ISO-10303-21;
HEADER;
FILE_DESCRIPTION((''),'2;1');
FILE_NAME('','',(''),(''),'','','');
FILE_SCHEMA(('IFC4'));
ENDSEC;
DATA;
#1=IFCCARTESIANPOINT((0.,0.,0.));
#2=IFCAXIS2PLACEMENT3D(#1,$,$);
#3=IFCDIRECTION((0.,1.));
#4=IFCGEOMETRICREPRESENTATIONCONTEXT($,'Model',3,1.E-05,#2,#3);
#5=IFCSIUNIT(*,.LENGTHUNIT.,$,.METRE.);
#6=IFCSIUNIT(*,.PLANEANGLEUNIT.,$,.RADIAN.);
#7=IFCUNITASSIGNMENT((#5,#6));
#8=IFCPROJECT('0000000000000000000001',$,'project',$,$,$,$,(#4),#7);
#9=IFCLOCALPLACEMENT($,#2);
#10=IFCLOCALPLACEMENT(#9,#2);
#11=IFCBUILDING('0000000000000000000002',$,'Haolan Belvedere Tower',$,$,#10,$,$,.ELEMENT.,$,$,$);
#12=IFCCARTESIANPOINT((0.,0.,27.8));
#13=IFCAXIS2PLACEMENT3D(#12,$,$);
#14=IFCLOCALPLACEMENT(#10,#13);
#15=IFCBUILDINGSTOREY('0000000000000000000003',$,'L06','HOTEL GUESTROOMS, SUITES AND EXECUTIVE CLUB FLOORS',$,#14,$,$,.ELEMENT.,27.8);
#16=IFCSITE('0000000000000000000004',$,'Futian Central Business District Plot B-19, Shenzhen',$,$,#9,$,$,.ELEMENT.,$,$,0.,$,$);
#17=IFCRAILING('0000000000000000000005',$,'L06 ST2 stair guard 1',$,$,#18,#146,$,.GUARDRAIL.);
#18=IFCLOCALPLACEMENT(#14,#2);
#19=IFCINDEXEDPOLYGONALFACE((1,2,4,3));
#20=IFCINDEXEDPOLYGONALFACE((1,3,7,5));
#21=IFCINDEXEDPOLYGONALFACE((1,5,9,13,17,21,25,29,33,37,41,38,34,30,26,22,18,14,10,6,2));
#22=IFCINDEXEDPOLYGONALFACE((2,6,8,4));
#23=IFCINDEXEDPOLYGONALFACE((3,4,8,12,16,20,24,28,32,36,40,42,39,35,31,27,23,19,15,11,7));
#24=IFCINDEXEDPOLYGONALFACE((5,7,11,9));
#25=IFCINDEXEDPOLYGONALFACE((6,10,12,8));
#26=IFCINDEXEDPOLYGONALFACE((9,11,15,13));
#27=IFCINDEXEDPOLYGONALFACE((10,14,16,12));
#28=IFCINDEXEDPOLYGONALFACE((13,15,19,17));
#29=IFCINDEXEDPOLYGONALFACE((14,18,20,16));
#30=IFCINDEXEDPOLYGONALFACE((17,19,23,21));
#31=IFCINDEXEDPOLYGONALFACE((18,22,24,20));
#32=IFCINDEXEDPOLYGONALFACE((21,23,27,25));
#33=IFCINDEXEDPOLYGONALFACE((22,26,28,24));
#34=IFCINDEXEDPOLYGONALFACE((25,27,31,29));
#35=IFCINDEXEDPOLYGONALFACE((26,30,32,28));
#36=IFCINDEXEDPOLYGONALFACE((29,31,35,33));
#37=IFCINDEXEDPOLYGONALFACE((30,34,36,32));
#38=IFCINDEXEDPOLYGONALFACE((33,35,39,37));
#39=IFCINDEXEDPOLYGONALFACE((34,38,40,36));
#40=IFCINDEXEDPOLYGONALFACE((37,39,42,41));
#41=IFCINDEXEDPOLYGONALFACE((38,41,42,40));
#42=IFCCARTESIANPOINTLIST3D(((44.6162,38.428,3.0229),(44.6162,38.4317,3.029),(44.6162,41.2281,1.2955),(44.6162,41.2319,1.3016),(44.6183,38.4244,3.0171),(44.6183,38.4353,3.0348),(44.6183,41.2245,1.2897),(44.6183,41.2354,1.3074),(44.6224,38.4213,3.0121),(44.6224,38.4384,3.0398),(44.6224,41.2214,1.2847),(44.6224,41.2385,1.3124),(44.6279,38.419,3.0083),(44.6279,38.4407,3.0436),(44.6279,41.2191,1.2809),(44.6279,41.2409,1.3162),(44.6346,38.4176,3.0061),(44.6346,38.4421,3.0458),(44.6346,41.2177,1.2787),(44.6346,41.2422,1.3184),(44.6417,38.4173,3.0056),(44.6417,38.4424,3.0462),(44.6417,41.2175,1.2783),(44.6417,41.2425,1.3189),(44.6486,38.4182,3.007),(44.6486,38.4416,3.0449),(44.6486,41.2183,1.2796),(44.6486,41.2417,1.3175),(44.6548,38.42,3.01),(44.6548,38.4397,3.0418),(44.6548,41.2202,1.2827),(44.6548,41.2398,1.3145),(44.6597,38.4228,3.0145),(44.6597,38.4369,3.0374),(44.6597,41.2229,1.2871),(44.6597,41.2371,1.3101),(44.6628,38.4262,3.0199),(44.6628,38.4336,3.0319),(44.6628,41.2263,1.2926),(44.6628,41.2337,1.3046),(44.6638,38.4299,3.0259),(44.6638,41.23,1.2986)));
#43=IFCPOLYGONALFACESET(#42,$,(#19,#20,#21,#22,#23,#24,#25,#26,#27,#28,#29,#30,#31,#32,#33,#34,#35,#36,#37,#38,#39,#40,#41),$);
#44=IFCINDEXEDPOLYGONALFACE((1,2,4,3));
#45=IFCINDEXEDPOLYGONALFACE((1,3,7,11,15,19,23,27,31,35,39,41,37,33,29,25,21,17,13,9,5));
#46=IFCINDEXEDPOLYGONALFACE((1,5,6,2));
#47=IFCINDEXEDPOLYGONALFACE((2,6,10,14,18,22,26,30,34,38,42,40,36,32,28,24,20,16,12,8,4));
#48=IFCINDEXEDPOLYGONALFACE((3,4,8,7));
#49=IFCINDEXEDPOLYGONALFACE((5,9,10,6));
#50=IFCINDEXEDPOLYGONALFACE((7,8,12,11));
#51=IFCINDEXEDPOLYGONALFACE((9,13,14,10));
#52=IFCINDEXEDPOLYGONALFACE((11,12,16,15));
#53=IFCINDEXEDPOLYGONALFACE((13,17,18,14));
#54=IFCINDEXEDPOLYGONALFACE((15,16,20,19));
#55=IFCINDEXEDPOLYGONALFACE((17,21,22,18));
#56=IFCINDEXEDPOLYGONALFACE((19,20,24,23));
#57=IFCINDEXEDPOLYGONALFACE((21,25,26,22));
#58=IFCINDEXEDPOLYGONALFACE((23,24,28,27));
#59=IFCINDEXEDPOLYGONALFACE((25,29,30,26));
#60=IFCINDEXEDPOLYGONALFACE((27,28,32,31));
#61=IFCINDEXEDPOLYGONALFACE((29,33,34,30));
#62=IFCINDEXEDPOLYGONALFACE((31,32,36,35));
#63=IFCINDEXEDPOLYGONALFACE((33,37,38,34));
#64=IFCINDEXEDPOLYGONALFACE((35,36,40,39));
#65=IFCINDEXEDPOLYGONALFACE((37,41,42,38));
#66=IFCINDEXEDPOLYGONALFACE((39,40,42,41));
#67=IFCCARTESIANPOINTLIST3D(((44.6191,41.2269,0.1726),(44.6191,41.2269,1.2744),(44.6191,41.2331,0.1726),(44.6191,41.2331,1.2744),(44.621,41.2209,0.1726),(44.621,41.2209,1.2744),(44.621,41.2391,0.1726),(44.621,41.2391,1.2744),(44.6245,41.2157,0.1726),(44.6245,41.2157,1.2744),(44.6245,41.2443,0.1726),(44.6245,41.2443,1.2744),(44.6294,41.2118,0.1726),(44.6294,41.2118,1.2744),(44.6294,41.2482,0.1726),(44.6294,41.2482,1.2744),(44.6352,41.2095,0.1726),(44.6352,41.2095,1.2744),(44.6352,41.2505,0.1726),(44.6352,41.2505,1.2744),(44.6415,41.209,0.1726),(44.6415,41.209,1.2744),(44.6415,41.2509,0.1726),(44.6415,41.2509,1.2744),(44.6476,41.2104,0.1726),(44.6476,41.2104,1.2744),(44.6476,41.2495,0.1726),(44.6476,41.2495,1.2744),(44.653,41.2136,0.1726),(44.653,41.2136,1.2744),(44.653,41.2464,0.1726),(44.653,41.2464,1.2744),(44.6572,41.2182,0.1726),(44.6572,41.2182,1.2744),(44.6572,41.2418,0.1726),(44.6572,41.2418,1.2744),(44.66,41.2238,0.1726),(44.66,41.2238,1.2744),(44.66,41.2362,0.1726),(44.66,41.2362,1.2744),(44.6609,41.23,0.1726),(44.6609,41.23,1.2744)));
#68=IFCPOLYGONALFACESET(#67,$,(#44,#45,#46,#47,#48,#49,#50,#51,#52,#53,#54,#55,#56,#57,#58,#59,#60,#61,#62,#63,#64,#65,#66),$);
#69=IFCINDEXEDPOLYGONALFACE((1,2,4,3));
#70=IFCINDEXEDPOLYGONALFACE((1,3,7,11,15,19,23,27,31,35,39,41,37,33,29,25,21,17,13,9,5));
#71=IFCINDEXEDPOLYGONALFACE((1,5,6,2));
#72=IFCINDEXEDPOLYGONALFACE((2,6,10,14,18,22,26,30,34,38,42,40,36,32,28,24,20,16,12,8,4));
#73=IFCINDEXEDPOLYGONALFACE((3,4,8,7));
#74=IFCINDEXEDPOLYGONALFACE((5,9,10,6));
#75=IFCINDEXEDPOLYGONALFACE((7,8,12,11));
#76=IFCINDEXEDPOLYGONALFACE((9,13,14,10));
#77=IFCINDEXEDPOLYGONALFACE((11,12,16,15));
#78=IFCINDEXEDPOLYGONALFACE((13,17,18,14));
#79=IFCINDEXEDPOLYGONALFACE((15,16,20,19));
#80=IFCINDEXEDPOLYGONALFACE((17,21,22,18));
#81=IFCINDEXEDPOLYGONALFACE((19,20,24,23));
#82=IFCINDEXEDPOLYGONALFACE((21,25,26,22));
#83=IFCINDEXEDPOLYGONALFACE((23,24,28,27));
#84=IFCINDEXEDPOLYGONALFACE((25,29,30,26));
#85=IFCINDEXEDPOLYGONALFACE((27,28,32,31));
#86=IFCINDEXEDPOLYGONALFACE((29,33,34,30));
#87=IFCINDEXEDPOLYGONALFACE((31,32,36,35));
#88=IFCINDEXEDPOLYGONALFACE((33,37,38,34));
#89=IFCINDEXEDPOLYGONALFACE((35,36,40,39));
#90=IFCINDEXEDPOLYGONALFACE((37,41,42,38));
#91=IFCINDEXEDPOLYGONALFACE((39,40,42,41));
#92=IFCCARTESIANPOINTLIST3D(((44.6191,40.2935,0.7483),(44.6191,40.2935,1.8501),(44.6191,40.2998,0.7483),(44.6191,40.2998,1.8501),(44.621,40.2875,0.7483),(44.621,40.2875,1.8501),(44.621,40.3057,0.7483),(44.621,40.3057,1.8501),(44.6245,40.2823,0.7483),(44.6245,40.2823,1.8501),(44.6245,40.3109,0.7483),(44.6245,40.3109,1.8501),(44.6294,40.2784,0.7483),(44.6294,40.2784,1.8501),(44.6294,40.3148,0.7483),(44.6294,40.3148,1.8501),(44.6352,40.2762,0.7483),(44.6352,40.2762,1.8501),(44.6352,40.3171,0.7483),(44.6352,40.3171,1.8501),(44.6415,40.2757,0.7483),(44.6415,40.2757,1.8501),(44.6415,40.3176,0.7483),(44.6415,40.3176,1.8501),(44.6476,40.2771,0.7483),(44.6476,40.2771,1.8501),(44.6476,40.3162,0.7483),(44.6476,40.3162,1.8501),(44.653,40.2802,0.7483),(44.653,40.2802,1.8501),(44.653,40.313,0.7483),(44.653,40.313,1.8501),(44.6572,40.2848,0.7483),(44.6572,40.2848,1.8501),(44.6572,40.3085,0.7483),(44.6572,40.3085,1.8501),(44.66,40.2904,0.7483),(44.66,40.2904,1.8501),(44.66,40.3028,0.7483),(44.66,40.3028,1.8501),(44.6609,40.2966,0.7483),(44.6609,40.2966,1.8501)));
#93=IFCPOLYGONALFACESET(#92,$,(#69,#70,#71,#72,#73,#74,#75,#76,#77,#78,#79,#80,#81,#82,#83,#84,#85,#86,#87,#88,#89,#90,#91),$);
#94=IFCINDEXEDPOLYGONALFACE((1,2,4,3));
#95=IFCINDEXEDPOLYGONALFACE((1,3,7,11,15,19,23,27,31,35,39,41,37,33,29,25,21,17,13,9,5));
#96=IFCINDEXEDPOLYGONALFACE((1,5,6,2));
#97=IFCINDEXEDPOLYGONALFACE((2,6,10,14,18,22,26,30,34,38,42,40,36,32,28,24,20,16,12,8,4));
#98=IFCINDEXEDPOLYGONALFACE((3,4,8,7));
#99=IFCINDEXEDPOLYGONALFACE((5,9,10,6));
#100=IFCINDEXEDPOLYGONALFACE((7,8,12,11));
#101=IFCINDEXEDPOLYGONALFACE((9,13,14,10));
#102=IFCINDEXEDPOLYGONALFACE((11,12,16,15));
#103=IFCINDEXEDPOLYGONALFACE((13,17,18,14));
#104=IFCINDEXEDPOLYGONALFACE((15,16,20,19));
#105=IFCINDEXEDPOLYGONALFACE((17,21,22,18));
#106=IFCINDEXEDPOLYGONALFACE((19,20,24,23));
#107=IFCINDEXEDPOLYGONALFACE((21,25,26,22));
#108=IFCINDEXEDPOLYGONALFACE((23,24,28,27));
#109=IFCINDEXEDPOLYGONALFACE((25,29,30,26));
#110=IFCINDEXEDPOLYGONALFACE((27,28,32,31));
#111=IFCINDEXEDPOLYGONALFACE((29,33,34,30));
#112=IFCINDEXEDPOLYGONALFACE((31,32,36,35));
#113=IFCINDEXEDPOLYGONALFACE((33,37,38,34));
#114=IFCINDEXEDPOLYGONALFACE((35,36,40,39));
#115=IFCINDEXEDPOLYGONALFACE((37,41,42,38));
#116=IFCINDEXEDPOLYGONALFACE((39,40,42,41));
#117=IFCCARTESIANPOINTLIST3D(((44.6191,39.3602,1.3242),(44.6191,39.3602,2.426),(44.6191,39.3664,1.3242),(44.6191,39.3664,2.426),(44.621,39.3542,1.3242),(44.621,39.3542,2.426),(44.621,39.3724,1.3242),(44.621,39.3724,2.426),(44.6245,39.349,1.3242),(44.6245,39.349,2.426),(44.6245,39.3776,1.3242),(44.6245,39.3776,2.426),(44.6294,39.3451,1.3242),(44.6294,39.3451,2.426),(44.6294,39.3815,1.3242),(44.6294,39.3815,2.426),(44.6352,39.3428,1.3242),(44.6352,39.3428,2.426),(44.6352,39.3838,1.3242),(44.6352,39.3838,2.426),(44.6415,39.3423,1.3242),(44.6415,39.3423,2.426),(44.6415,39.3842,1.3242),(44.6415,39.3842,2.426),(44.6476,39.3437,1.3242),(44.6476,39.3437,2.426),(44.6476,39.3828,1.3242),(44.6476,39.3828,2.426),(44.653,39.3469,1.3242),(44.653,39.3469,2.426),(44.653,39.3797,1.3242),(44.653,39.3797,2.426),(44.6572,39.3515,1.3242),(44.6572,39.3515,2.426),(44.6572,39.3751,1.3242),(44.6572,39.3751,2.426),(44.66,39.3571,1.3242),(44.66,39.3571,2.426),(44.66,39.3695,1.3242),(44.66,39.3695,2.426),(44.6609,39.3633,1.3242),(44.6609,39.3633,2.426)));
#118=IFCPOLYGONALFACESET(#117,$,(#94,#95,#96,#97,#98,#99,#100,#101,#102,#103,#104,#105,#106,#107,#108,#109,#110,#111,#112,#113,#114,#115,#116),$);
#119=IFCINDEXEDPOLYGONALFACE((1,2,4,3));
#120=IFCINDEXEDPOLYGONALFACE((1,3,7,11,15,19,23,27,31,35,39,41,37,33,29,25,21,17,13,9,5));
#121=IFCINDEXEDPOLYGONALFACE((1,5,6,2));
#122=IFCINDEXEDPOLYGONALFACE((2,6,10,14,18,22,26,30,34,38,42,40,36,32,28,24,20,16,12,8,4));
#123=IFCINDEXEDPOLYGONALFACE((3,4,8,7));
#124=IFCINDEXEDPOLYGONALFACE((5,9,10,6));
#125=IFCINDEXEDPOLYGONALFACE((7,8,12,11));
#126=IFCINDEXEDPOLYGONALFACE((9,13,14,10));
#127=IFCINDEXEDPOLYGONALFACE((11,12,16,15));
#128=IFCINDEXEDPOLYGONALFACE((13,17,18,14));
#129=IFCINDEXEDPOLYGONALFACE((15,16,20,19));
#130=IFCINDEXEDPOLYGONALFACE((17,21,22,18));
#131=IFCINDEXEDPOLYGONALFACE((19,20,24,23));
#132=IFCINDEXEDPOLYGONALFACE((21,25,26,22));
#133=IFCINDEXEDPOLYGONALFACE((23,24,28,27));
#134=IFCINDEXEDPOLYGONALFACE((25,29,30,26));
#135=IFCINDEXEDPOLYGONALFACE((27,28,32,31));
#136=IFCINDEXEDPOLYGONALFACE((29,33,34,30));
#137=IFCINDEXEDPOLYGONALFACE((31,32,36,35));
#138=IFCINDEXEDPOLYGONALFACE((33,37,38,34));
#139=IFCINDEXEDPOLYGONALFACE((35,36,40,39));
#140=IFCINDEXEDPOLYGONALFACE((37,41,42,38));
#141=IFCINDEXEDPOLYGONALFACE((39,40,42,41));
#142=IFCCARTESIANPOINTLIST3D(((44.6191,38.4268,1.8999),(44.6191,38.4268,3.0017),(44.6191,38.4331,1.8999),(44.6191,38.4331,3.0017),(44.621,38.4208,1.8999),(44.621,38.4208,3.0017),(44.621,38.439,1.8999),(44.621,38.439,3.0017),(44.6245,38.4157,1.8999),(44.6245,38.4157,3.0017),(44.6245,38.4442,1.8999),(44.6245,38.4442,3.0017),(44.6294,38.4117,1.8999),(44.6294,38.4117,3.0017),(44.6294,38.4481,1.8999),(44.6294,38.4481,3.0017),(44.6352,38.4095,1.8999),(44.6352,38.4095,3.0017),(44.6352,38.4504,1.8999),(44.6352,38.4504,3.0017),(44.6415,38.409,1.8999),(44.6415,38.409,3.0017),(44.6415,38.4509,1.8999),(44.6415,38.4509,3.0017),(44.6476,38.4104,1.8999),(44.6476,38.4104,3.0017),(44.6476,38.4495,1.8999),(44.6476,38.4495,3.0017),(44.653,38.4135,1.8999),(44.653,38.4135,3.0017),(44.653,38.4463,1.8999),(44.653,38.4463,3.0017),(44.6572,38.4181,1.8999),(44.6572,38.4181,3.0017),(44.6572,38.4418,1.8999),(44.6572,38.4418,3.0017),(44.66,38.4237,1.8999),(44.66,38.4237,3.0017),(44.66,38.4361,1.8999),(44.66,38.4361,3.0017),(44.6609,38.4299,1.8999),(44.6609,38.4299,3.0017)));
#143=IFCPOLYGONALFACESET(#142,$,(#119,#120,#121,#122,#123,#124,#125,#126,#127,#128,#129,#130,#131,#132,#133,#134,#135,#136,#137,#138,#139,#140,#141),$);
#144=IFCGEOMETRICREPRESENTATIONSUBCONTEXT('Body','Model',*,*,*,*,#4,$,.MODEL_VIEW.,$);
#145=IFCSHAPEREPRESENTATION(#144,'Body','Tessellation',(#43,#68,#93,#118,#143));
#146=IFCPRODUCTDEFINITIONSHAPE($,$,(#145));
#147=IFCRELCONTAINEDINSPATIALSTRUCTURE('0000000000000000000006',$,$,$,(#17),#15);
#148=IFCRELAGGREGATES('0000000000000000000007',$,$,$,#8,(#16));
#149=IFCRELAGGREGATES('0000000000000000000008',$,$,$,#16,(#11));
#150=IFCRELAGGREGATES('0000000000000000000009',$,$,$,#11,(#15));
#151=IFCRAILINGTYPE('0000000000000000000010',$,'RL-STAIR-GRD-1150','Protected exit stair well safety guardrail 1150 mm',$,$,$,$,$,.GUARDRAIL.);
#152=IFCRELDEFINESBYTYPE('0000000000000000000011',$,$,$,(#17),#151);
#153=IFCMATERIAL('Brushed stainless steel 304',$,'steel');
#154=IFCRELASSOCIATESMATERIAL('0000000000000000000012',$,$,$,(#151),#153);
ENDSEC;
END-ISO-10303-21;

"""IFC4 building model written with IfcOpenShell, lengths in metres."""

from ifc_helpers import new_model, si_unit, direction, frame, origin, origin_2d, place, context, subcontext, project, spatial, circle, extrude, material, type_object, element, save


model = new_model("IFC4")

# Units and contexts
model_context = context("Model", 3, precision=1e-05, world=origin(), true_north=direction((0.0, 1.0)))
body_context = subcontext(model_context, "Body", "Model", "MODEL_VIEW")
ifc_project = project(units=[si_unit("LENGTHUNIT", "METRE"), si_unit("PLANEANGLEUNIT", "RADIAN")], contexts=[model_context])

# Site, building, storey
site_placement = place(None, origin())
site = spatial("IfcSite", under=ifc_project, at=site_placement, Name="Futian Central Business District Plot B-19, Shenzhen", CompositionType="ELEMENT", RefElevation=0.0)
building_placement = place(site_placement, origin())
building = spatial("IfcBuilding", under=site, at=building_placement, Name="Haolan Belvedere Tower", CompositionType="ELEMENT")
storey_placement = place(building_placement, frame((0.0, 0.0, 27.8)))
storey = spatial("IfcBuildingStorey", under=building, at=storey_placement, Name="L06", Description="HOTEL GUESTROOMS, SUITES AND EXECUTIVE CLUB FLOORS", CompositionType="ELEMENT", Elevation=27.8)

# Railing
ifc_material_1 = material(Name="Brushed stainless steel 304", Category="steel")
railing_type = type_object("IfcRailingType", Name="RL-STAIR-GRD-1150", Description="Protected exit stair well safety guardrail 1150 mm", PredefinedType="GUARDRAIL", material=ifc_material_1)
railing_1_placement = place(storey_placement, frame((44.6399, 41.23, 0.1726)))
element("IfcRailing", 1, at=railing_1_placement, inside=storey, type_object=railing_type, Name="L06 ST2 stair guard 1", PredefinedType="GUARDRAIL", context=body_context, shape_type="SweptSolid", body=[
    extrude(circle(Radius=0.0239, at=origin_2d()), frame((0.0, 0.0, 1.126), z_axis=(0.0, -0.85109, 0.52502), x_axis=(1.0, 0.0, 0.0)), (0.0, 0.0, 1.0), 3.29),
    extrude(circle(Radius=0.021, at=origin_2d()), origin(), (0.0, 0.0, 1.0), 1.1018),
    extrude(circle(Radius=0.021, at=origin_2d()), frame((0.0, -0.9333, 0.5757)), (0.0, 0.0, 1.0), 1.1018),
    extrude(circle(Radius=0.021, at=origin_2d()), frame((0.0, -1.8667, 1.1516)), (0.0, 0.0, 1.0), 1.1018),
    extrude(circle(Radius=0.021, at=origin_2d()), frame((0.0, -2.8, 1.7273)), (0.0, 0.0, 1.0), 1.1018),
])

save(model, "model.ifc")
